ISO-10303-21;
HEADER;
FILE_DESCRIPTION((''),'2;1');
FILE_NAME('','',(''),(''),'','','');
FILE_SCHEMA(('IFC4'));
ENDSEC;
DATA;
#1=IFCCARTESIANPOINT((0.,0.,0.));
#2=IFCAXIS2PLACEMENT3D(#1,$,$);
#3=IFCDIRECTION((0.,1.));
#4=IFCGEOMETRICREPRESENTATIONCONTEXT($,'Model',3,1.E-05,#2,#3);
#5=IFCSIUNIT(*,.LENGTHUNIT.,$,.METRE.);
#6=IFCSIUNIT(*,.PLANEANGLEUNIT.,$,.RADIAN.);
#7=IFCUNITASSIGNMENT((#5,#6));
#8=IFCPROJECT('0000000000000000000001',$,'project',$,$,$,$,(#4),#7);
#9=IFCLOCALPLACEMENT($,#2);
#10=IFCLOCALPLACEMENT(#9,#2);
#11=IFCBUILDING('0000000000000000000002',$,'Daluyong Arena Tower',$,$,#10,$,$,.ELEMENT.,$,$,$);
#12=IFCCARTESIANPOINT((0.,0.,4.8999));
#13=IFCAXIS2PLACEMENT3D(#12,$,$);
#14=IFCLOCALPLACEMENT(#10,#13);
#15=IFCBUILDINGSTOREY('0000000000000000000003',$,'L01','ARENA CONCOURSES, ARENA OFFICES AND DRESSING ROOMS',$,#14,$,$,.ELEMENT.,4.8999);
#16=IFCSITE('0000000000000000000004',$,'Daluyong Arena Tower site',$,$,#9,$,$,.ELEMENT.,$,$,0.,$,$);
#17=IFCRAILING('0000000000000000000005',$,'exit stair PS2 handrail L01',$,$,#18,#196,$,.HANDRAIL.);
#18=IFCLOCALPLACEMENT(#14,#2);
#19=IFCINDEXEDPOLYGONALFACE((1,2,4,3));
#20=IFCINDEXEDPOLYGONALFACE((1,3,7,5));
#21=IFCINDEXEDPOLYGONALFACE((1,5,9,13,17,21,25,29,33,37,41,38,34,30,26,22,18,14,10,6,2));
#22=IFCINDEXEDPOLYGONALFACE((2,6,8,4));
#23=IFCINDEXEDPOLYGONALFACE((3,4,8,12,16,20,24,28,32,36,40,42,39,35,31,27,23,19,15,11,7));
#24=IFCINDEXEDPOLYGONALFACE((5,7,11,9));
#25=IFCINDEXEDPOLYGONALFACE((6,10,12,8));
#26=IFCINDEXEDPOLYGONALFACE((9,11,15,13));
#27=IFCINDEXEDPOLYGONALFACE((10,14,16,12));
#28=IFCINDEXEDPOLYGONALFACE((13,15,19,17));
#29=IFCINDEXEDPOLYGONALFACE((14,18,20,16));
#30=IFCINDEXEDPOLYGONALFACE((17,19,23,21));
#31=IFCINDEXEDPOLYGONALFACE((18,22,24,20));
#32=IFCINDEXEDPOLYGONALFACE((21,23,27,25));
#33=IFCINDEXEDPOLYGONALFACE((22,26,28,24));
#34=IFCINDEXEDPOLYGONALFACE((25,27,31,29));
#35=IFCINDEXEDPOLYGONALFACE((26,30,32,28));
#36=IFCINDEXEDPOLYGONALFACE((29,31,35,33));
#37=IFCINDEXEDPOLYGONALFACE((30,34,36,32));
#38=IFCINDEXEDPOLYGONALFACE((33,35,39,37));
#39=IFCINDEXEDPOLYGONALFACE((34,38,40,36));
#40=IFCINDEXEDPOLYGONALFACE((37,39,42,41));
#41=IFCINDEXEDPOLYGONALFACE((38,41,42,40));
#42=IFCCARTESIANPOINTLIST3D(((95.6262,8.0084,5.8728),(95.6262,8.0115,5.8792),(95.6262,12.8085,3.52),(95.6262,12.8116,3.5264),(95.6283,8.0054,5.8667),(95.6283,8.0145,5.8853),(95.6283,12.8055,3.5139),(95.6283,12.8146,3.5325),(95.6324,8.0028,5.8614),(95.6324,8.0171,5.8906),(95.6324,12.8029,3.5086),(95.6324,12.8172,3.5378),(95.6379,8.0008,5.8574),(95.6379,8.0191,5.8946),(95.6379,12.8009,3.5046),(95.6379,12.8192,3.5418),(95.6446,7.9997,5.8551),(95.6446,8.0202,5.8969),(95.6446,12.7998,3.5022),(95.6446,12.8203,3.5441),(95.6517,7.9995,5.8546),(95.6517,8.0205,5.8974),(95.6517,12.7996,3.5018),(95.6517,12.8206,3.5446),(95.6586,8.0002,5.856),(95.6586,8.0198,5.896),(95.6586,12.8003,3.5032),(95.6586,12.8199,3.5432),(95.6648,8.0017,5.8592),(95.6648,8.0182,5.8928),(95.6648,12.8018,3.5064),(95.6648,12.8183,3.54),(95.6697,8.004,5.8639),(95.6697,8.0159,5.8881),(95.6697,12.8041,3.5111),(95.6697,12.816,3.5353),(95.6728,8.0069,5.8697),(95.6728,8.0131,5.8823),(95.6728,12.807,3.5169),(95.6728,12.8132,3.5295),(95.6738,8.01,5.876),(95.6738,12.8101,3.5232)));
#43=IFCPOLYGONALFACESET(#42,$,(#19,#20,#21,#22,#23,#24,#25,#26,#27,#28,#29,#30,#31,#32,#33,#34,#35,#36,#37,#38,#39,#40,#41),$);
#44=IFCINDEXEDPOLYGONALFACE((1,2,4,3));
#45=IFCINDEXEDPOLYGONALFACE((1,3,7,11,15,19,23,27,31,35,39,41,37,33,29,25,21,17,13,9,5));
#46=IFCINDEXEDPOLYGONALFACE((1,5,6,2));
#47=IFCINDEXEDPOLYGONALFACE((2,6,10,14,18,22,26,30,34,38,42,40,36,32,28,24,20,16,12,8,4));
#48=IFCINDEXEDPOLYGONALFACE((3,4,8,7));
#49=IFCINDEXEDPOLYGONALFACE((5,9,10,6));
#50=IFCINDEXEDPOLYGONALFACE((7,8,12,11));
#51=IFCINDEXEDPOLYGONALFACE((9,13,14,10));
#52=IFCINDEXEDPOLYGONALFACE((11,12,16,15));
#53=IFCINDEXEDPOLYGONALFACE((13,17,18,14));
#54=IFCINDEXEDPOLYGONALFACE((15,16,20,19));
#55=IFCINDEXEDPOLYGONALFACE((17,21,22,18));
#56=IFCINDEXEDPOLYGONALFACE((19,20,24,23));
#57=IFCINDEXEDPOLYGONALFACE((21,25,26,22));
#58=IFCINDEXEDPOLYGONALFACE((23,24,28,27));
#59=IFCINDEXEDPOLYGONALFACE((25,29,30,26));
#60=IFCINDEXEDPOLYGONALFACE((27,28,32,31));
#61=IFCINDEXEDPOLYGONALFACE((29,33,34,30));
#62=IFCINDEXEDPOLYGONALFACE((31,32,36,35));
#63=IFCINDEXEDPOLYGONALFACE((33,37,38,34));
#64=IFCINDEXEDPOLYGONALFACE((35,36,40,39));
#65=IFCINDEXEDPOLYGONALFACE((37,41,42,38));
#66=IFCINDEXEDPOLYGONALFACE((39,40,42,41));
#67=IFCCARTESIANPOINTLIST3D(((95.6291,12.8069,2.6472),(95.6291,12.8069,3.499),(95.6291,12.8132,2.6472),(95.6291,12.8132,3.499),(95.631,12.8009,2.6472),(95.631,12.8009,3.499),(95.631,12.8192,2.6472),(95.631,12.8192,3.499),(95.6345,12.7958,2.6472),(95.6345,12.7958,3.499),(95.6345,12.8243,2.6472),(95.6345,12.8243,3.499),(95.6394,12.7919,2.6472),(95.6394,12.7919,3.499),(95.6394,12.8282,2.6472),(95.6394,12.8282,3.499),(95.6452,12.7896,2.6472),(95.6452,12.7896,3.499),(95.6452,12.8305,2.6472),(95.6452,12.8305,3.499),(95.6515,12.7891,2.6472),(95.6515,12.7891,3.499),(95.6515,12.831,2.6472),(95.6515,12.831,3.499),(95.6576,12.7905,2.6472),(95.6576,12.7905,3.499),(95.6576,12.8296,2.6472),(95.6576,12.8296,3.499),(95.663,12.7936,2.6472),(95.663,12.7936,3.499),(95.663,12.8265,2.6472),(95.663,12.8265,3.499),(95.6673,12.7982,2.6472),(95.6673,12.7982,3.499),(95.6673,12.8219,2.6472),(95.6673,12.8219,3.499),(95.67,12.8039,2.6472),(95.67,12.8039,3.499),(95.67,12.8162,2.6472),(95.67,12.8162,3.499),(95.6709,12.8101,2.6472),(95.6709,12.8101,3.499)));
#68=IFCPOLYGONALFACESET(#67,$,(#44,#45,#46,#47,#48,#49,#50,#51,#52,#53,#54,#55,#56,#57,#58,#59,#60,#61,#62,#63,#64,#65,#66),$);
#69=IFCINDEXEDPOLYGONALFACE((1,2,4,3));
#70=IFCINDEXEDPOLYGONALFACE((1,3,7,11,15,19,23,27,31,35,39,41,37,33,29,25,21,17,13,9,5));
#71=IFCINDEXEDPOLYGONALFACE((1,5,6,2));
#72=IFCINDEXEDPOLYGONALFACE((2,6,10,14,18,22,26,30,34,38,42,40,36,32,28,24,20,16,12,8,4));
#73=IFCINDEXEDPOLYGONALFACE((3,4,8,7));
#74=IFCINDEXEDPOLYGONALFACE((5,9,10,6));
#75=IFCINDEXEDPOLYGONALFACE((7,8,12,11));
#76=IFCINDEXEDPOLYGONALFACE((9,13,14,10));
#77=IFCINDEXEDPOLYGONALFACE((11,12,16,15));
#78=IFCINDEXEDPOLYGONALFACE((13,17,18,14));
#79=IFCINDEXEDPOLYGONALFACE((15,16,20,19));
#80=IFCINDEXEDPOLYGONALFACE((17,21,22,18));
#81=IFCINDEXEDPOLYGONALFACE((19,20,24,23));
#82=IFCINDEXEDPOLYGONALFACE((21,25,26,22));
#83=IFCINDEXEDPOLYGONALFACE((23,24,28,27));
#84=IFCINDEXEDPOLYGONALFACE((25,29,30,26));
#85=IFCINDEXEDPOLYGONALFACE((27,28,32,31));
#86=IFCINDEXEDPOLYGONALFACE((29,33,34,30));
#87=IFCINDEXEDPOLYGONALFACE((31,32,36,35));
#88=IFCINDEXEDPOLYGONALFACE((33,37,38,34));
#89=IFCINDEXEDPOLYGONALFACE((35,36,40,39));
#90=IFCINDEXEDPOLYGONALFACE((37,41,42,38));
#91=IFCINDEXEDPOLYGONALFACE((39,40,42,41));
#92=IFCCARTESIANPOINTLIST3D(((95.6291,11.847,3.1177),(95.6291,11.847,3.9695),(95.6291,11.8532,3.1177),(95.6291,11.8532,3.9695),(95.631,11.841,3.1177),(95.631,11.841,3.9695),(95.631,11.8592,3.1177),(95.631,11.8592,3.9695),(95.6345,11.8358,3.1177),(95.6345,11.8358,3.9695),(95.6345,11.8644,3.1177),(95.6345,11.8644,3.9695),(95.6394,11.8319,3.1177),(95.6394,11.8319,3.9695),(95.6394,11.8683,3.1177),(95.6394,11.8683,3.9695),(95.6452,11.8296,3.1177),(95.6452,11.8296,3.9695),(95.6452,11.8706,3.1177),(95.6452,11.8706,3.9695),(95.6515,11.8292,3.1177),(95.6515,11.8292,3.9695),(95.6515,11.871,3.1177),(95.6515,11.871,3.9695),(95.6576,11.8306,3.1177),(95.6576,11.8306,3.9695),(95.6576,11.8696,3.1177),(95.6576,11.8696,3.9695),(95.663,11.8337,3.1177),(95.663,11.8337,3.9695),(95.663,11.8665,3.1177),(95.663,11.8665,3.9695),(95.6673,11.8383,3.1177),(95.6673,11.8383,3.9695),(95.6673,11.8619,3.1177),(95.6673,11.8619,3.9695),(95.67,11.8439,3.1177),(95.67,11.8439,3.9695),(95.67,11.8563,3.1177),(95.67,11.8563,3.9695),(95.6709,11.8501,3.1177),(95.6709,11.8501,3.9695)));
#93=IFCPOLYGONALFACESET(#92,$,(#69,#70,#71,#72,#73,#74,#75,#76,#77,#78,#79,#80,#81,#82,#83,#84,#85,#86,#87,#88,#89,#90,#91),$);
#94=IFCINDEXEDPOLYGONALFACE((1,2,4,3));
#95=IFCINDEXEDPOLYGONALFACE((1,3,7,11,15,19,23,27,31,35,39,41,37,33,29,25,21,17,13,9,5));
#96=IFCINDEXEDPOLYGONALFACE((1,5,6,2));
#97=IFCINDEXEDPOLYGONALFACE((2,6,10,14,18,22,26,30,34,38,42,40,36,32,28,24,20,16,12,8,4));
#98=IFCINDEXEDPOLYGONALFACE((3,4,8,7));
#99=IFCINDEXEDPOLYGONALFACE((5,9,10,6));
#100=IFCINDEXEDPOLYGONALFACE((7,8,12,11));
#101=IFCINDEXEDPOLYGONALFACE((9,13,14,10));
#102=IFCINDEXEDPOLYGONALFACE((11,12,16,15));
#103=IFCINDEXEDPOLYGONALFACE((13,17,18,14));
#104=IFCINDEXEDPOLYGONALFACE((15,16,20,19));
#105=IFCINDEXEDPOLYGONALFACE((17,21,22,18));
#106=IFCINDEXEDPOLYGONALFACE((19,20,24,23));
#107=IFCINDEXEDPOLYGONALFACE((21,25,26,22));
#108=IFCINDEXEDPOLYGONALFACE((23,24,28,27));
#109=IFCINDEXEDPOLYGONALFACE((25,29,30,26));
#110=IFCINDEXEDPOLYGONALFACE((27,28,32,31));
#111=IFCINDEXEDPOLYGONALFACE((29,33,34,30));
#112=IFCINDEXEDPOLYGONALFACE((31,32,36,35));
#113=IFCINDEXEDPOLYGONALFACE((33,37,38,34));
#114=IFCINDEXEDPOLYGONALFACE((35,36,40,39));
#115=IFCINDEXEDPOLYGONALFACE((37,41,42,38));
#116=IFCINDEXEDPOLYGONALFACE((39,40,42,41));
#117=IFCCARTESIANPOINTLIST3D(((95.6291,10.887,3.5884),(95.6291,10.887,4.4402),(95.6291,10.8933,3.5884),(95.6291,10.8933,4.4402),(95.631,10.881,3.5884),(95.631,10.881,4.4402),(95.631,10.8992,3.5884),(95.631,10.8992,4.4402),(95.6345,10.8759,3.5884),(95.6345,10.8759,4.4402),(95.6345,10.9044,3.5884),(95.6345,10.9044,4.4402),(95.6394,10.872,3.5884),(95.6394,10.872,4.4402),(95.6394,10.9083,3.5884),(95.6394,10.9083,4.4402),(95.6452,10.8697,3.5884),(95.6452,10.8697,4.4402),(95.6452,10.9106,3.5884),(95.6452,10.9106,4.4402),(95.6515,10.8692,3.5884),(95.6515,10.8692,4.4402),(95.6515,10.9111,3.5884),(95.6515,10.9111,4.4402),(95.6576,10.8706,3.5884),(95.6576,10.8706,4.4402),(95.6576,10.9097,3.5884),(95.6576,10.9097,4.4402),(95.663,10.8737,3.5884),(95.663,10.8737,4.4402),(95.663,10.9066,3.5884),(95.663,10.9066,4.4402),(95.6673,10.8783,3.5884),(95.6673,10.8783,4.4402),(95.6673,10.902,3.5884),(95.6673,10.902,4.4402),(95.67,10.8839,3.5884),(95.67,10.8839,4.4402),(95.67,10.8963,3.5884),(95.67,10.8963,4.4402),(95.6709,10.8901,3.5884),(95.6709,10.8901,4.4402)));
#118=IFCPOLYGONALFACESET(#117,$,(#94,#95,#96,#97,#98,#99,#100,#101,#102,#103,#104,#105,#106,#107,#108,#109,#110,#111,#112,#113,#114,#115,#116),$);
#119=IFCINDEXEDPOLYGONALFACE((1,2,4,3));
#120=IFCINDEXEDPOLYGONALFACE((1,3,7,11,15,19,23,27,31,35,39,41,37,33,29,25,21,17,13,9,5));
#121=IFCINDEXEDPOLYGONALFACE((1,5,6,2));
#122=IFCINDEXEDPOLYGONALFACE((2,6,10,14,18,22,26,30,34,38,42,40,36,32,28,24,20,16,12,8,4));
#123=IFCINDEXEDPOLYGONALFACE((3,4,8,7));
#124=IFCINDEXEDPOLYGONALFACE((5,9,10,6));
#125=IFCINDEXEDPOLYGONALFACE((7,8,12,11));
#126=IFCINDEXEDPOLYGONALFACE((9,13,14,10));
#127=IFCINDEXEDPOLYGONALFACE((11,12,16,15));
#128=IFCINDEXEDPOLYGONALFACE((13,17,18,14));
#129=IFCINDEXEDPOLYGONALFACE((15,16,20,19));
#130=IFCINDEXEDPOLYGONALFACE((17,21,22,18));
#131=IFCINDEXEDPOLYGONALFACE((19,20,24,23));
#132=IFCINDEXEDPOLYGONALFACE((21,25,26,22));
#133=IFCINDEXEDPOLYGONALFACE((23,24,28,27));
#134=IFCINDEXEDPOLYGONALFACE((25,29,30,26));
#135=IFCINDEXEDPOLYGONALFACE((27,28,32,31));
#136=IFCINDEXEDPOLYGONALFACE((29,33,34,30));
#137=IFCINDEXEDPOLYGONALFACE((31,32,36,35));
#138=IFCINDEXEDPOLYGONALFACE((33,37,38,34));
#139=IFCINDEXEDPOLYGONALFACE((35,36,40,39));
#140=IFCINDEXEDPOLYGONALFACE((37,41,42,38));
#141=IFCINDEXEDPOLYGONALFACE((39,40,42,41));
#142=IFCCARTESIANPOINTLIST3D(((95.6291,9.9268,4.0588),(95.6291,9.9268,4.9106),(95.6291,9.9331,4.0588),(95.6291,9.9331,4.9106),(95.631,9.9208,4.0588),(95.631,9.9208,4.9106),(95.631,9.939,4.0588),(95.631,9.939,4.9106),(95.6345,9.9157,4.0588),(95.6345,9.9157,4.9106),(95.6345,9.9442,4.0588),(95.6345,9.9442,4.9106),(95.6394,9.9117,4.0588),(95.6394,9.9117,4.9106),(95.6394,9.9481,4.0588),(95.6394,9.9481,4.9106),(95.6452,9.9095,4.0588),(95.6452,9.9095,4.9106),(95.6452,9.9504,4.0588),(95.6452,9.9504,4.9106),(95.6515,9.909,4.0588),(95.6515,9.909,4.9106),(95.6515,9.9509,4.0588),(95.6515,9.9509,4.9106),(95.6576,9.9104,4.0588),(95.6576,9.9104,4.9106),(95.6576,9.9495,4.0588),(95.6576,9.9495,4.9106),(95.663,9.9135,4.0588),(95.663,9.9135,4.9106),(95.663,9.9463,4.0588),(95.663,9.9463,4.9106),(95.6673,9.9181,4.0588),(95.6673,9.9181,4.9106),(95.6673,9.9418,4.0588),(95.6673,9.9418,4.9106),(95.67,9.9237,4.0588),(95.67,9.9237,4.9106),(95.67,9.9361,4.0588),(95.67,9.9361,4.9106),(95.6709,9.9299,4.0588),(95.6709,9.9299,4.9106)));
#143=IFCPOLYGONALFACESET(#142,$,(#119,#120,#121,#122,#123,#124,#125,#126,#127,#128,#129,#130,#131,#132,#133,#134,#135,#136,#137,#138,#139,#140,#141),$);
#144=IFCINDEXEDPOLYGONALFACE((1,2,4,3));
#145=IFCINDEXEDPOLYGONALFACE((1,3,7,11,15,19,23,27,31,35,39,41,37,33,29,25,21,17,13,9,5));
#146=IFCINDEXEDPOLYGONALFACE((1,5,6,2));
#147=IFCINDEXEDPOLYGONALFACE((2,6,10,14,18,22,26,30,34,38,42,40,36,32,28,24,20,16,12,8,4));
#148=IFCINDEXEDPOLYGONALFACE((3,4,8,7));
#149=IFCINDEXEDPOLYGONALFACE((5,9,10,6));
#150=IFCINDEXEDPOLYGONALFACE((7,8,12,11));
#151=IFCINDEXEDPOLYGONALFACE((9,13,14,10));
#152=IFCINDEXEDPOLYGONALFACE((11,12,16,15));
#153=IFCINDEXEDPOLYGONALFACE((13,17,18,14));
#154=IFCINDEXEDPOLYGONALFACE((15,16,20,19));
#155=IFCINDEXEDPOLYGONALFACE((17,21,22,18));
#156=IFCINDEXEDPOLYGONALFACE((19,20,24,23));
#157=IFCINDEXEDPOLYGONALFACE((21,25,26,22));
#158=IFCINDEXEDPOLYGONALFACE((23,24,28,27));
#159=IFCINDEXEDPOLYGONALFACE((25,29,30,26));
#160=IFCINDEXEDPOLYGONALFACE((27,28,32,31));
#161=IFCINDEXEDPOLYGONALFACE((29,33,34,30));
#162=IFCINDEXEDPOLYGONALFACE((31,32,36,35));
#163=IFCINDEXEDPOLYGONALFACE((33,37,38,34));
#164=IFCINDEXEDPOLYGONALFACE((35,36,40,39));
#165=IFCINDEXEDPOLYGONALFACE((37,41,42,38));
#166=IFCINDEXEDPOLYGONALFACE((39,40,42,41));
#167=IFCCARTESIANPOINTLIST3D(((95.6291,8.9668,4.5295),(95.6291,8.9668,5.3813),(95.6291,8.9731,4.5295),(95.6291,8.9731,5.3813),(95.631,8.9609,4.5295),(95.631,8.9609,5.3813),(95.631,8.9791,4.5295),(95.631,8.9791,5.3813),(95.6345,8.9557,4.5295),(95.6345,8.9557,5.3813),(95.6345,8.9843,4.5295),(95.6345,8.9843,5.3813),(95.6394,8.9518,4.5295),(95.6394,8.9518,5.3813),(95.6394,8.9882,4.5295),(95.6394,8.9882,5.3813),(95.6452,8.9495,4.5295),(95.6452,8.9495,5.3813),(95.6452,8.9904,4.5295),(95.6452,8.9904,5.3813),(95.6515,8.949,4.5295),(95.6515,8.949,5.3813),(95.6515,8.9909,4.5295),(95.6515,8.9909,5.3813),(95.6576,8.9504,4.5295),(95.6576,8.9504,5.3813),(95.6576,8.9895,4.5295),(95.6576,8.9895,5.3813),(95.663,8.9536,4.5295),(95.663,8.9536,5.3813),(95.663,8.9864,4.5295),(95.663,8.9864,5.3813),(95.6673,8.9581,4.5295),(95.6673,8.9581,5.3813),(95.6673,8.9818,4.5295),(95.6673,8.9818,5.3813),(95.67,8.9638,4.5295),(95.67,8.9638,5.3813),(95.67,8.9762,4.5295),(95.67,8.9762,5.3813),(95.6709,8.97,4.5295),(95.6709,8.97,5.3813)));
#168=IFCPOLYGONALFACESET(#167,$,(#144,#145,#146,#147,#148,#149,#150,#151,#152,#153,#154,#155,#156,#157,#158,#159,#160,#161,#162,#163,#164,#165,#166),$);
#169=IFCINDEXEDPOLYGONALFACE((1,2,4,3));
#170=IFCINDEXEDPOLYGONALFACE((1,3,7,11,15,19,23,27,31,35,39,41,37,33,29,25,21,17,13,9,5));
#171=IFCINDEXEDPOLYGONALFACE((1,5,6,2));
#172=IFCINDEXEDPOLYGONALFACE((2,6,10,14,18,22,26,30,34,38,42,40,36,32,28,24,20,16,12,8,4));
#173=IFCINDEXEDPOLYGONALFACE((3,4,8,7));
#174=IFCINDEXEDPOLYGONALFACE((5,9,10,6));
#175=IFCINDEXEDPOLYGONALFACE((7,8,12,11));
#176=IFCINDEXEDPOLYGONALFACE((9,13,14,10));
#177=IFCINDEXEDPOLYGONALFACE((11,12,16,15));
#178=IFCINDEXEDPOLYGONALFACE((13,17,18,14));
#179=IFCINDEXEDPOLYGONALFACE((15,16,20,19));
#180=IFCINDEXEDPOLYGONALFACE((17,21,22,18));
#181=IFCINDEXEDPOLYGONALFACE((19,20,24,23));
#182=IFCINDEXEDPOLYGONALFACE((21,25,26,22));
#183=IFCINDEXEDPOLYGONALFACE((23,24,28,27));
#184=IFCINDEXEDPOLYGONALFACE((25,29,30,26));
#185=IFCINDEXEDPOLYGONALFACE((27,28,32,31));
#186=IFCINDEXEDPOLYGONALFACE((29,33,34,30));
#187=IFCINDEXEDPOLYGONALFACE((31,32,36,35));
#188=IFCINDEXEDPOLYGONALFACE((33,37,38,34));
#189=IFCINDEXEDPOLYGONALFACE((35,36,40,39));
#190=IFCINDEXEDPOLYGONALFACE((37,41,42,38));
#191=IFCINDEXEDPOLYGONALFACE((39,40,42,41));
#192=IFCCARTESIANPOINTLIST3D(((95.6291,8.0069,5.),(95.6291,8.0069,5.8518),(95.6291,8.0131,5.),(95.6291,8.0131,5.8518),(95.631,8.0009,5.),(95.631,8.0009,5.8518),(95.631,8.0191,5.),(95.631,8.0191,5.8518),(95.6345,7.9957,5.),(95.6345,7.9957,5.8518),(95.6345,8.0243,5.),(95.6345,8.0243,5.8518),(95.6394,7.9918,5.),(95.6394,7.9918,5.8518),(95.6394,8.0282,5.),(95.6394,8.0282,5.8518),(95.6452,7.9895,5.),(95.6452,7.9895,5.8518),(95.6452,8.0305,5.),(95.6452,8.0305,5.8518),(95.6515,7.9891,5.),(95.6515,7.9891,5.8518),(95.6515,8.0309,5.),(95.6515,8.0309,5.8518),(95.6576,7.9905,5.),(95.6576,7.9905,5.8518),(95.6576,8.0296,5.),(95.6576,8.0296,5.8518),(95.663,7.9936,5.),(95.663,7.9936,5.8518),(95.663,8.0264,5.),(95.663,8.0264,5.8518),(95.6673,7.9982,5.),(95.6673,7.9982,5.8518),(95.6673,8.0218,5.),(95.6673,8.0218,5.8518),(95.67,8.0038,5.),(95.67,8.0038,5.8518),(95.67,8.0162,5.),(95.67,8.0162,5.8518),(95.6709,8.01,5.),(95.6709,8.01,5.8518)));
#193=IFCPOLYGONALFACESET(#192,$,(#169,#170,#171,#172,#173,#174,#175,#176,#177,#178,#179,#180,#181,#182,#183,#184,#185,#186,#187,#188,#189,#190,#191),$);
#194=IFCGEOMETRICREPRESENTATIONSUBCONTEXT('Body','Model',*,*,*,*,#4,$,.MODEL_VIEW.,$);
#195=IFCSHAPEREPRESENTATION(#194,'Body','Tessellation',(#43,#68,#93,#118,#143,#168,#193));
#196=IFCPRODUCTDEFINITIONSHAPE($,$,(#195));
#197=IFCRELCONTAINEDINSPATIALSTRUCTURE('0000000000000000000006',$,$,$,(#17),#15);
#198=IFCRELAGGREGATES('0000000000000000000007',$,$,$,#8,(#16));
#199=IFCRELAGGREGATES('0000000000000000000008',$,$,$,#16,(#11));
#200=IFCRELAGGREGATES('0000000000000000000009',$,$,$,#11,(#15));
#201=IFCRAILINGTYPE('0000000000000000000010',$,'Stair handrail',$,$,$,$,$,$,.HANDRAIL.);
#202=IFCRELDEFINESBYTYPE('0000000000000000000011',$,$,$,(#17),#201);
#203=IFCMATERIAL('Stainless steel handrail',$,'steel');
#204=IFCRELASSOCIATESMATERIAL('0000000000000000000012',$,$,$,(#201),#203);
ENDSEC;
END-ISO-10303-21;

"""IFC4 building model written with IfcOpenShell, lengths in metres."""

from ifc_helpers import new_model, si_unit, direction, frame, origin, origin_2d, place, context, subcontext, project, spatial, circle, extrude, material, type_object, element, save


model = new_model("IFC4")

# Units and contexts
model_context = context("Model", 3, precision=1e-05, world=origin(), true_north=direction((0.0, 1.0)))
body_context = subcontext(model_context, "Body", "Model", "MODEL_VIEW")
ifc_project = project(units=[si_unit("LENGTHUNIT", "METRE"), si_unit("PLANEANGLEUNIT", "RADIAN")], contexts=[model_context])

# Site, building, storey
site_placement = place(None, origin())
site = spatial("IfcSite", under=ifc_project, at=site_placement, Name="Daluyong Arena Tower site", CompositionType="ELEMENT", RefElevation=0.0)
building_placement = place(site_placement, origin())
building = spatial("IfcBuilding", under=site, at=building_placement, Name="Daluyong Arena Tower", CompositionType="ELEMENT")
storey_placement = place(building_placement, frame((0.0, 0.0, 4.8999)))
storey = spatial("IfcBuildingStorey", under=building, at=storey_placement, Name="L01", Description="ARENA CONCOURSES, ARENA OFFICES AND DRESSING ROOMS", CompositionType="ELEMENT", Elevation=4.8999)

# Railing
ifc_material_1 = material(Name="Stainless steel handrail", Category="steel")
railing_type_1 = type_object("IfcRailingType", Name="Stair handrail", PredefinedType="HANDRAIL", material=ifc_material_1)
railing_1_placement = place(storey_placement, frame((95.6499, 12.8101, 2.6472)))
element("IfcRailing", 1, at=railing_1_placement, inside=storey, type_object=railing_type_1, Name="exit stair PS2 handrail L01", PredefinedType="HANDRAIL", context=body_context, shape_type="SweptSolid", body=[
    extrude(circle(Radius=0.0239, at=origin_2d()), frame((0.0, 0.0, 0.876), z_axis=(0.0, -0.897934, 0.44013), x_axis=(1.0, 0.0, 0.0)), (0.0, 0.0, 1.0), 5.3457),
    extrude(circle(Radius=0.021, at=origin_2d()), origin(), (0.0, 0.0, 1.0), 0.8518),
    extrude(circle(Radius=0.021, at=origin_2d()), frame((0.0, -0.96, 0.4705)), (0.0, 0.0, 1.0), 0.8518),
    extrude(circle(Radius=0.021, at=origin_2d()), frame((0.0, -1.9199, 0.9412)), (0.0, 0.0, 1.0), 0.8518),
    extrude(circle(Radius=0.021, at=origin_2d()), frame((0.0, -2.8801, 1.4116)), (0.0, 0.0, 1.0), 0.8518),
    extrude(circle(Radius=0.021, at=origin_2d()), frame((0.0, -3.8401, 1.8823)), (0.0, 0.0, 1.0), 0.8518),
    extrude(circle(Radius=0.021, at=origin_2d()), frame((0.0, -4.8, 2.3528)), (0.0, 0.0, 1.0), 0.8518),
])

save(model, "model.ifc")
